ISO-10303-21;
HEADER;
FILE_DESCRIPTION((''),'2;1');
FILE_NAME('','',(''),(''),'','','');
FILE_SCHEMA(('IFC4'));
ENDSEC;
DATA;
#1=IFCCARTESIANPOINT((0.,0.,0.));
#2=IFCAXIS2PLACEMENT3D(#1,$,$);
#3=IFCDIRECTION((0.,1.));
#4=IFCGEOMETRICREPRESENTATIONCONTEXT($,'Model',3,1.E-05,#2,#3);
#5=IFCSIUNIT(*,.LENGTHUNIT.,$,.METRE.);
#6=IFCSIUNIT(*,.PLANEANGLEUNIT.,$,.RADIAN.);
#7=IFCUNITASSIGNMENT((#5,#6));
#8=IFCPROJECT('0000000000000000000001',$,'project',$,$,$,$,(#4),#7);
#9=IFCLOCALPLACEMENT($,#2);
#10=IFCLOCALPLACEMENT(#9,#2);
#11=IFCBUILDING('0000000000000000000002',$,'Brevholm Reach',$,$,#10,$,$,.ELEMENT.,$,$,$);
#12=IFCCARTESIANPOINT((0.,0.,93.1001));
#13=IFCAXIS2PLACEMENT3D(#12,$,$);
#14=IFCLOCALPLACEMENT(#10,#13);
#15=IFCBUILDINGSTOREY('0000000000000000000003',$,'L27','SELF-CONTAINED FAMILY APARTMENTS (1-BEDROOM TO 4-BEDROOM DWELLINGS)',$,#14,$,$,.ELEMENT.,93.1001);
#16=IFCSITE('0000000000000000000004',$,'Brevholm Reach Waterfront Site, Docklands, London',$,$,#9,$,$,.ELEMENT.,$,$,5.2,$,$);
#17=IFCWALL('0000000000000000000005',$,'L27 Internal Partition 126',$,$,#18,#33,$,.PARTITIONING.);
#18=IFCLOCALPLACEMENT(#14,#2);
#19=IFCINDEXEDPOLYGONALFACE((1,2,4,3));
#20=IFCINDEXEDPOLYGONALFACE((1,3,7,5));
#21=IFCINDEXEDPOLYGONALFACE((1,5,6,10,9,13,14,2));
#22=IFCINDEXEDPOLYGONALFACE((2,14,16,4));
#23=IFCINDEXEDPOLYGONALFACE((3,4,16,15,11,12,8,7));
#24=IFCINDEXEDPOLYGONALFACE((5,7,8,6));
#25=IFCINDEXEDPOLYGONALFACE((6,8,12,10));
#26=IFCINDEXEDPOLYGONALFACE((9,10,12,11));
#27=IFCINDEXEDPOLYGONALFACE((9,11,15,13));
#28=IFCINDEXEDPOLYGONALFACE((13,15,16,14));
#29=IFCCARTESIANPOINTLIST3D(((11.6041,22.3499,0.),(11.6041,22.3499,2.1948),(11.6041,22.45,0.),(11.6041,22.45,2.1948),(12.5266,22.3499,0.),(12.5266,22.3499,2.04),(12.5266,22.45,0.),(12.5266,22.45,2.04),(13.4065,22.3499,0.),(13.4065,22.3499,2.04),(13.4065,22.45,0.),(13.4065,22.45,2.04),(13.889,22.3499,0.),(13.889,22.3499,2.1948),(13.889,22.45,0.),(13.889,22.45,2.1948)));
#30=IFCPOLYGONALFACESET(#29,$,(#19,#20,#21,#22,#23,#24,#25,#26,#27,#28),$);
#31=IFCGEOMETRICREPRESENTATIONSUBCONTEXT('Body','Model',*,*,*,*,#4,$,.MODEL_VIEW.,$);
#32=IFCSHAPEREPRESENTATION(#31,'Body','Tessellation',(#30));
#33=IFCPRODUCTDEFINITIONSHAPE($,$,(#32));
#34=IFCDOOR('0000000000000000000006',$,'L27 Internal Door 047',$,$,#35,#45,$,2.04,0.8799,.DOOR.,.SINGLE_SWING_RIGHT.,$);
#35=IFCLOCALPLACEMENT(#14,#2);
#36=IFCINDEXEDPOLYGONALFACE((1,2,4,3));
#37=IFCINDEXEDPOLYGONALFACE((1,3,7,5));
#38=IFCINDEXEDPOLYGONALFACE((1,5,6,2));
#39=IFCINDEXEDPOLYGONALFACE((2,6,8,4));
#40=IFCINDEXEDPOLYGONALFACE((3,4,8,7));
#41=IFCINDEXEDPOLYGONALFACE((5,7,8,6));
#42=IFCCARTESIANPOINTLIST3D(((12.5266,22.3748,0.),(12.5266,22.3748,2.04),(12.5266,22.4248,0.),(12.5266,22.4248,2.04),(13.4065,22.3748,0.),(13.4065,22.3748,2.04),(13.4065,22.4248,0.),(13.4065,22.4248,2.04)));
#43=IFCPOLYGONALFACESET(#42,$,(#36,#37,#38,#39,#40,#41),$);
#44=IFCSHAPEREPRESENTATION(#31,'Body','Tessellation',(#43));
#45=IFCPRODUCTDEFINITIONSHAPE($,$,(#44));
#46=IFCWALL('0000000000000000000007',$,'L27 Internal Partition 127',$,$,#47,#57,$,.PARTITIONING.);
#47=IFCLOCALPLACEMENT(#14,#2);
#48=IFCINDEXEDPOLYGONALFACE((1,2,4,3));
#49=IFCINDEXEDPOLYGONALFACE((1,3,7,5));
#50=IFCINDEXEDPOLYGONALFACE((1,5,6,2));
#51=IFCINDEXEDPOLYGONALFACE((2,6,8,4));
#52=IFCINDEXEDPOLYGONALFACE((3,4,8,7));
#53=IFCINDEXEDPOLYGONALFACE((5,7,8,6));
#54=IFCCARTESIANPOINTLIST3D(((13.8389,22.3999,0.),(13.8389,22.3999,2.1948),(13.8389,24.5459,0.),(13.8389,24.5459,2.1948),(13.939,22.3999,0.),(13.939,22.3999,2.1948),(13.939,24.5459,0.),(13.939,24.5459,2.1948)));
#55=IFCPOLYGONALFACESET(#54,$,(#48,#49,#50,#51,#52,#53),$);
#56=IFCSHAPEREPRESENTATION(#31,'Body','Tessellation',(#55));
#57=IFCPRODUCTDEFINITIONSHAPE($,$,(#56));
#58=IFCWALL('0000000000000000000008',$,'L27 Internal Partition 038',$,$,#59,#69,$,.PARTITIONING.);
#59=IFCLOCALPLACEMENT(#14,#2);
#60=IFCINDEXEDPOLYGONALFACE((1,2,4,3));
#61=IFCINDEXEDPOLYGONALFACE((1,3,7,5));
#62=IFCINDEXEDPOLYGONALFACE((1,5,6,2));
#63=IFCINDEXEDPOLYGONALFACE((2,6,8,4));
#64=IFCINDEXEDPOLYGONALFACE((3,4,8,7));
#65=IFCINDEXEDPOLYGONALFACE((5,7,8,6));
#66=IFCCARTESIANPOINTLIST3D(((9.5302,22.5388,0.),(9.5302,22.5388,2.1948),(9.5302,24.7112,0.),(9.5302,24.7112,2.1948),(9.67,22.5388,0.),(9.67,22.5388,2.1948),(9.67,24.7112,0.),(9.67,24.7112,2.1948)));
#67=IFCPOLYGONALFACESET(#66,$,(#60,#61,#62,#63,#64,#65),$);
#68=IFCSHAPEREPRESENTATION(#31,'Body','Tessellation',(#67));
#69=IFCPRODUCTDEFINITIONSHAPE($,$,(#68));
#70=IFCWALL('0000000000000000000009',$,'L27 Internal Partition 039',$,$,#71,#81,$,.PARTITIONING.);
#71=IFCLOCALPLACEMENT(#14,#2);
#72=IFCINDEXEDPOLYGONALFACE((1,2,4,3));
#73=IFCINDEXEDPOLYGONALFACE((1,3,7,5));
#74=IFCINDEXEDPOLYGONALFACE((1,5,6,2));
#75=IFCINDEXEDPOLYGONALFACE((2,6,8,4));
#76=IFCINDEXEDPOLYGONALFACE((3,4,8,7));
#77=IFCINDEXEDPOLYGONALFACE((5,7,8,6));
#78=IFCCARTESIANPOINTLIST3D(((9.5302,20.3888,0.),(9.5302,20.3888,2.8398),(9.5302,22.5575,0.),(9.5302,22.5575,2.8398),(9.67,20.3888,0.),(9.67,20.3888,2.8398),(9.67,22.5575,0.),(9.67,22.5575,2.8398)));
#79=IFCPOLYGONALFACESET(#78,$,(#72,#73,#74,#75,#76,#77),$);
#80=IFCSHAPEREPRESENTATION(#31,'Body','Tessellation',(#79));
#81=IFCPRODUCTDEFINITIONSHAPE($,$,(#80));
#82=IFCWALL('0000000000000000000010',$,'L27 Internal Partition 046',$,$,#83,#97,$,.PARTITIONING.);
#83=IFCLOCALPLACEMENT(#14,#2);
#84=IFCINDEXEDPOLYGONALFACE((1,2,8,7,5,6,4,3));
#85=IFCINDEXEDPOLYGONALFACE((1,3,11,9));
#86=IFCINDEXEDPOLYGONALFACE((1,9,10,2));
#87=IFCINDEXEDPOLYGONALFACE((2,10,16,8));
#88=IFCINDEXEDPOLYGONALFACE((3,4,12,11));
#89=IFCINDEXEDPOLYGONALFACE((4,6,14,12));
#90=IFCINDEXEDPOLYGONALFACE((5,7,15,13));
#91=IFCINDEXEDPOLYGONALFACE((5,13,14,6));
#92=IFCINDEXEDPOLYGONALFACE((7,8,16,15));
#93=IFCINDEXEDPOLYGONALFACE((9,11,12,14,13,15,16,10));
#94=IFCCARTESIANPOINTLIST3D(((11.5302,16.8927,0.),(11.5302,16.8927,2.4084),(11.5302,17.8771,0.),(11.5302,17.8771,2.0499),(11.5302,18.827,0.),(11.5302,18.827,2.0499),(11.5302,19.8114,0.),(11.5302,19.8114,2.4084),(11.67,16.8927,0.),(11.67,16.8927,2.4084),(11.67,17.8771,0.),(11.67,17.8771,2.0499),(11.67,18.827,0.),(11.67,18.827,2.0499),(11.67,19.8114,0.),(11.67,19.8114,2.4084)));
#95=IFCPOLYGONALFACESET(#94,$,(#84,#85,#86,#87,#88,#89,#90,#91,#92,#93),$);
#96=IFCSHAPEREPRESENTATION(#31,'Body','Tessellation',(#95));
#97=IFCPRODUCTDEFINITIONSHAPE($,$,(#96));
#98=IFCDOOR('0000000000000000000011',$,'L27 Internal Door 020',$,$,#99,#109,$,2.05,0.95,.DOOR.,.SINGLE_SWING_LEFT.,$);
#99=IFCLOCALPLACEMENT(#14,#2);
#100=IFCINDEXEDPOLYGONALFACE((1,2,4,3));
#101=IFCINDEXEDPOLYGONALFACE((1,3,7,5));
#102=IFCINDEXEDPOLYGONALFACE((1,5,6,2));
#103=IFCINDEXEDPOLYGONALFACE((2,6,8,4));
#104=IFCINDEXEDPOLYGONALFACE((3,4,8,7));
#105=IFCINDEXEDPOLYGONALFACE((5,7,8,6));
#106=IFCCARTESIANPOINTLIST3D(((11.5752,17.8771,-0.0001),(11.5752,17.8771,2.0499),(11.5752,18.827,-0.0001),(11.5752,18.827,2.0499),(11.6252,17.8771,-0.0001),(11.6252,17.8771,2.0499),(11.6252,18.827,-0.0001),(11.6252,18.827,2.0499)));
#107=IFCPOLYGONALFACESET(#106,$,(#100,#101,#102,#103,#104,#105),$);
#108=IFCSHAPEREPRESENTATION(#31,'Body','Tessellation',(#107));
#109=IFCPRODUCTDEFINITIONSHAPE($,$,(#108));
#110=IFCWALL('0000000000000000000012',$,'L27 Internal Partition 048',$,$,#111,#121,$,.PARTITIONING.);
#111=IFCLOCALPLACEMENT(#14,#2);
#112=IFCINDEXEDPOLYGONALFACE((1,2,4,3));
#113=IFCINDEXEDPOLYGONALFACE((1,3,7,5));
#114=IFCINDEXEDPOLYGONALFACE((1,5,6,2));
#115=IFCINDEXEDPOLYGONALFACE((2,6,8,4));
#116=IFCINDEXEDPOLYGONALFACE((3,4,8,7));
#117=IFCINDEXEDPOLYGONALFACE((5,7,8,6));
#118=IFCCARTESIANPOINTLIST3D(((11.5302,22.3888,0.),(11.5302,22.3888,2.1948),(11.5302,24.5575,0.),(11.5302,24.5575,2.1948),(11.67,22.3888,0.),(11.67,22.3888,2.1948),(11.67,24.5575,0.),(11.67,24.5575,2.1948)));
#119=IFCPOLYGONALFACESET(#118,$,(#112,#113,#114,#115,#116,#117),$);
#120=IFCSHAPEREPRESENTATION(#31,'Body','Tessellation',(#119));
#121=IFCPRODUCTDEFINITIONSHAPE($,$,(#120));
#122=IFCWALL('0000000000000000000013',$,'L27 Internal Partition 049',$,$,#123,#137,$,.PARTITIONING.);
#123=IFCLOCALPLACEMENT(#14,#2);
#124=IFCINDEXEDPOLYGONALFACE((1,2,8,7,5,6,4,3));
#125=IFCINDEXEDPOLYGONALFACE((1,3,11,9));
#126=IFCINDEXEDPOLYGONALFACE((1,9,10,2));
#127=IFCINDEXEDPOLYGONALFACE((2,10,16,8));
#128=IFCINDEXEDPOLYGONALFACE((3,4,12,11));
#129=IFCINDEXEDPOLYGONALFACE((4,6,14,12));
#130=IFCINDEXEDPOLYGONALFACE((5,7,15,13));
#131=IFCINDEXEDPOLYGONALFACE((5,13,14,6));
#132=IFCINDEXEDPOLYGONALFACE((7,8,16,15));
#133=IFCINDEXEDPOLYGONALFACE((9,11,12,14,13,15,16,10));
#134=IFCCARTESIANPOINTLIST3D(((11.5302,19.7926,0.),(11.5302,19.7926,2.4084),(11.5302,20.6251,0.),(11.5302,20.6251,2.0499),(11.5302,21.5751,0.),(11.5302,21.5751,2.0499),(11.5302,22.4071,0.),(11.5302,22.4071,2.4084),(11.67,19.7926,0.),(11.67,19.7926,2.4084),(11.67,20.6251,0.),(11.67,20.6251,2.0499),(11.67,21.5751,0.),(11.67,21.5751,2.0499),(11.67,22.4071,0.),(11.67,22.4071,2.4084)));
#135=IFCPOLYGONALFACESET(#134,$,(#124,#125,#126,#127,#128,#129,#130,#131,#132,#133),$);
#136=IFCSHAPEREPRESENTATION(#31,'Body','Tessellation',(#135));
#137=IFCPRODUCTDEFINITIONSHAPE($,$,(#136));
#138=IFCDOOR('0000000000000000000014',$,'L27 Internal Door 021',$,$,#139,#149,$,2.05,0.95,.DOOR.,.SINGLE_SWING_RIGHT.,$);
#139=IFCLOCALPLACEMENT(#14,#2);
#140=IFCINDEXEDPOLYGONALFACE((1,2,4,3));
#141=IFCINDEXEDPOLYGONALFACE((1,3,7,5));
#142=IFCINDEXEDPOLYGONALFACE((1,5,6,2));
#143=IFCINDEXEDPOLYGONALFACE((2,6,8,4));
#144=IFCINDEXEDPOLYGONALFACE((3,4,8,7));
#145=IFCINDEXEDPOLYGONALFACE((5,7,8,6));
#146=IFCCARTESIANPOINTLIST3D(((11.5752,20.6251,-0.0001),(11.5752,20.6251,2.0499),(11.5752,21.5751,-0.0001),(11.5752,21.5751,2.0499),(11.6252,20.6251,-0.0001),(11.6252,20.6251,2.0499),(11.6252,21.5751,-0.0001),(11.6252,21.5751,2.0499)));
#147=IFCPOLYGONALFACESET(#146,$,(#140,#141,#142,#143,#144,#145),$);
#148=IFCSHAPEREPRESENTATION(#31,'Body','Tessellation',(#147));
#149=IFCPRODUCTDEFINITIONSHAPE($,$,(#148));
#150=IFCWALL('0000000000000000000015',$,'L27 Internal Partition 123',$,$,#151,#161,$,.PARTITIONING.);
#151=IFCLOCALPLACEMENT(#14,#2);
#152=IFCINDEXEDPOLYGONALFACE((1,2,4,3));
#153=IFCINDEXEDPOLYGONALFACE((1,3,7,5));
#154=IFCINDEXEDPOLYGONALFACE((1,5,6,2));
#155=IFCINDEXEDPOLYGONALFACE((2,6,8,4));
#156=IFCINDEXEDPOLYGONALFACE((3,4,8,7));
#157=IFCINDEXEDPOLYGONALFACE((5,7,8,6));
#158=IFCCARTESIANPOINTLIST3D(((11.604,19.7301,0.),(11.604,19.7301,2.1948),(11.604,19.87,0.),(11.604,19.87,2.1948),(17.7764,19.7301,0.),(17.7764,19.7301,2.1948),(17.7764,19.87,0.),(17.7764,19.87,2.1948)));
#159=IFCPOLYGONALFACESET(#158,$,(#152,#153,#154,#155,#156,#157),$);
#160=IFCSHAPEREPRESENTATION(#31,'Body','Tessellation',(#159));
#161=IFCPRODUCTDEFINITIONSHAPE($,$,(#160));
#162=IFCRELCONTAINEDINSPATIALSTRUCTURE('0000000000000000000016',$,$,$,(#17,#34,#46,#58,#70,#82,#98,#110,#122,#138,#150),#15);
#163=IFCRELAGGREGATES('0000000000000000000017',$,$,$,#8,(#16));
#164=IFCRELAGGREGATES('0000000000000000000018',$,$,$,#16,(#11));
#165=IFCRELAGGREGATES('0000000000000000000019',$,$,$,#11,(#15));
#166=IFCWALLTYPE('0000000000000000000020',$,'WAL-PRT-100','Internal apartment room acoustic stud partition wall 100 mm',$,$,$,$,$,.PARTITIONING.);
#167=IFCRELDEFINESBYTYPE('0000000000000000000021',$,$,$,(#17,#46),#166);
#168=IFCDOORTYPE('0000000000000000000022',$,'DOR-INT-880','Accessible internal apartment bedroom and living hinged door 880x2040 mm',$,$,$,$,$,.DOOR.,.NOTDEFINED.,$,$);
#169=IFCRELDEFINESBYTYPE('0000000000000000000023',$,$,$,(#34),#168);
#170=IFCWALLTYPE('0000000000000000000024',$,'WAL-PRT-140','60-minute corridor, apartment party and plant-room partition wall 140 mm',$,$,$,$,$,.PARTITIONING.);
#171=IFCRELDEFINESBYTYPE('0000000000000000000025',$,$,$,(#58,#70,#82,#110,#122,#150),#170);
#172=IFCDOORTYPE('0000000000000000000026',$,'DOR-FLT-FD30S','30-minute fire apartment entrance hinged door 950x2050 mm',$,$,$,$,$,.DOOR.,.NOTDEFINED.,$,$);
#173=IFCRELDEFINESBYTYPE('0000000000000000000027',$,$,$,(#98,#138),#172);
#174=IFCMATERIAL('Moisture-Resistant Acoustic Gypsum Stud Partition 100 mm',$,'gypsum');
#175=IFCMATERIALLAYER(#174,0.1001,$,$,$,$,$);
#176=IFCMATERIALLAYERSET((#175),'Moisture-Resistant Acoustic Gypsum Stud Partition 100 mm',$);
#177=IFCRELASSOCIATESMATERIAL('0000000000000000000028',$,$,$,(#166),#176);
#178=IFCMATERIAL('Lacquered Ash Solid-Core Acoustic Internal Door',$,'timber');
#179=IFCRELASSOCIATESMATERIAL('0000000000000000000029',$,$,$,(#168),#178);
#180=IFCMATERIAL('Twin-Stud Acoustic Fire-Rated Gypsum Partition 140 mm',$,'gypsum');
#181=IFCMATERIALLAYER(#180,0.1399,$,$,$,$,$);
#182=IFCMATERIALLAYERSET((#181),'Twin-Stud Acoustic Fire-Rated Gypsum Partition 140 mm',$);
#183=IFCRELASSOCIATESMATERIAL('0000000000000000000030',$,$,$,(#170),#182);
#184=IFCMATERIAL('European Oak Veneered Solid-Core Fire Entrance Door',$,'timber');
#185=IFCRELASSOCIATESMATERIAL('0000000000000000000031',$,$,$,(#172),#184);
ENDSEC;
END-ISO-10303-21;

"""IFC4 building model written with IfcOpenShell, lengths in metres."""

from ifc_helpers import new_model, si_unit, direction, frame, frame_2d, origin, place, context, subcontext, project, spatial, rectangle, extrude, material, layer, layer_set, type_object, element, fill, save


model = new_model("IFC4")

# Units and contexts
model_context = context("Model", 3, precision=1e-05, world=origin(), true_north=direction((0.0, 1.0)))
body_context = subcontext(model_context, "Body", "Model", "MODEL_VIEW")
ifc_project = project(units=[si_unit("LENGTHUNIT", "METRE"), si_unit("PLANEANGLEUNIT", "RADIAN")], contexts=[model_context])

# Site, building, storey
site_placement = place(None, origin())
site = spatial("IfcSite", under=ifc_project, at=site_placement, Name="Brevholm Reach Waterfront Site, Docklands, London", CompositionType="ELEMENT", RefElevation=5.2)
building_placement = place(site_placement, origin())
building = spatial("IfcBuilding", under=site, at=building_placement, Name="Brevholm Reach", CompositionType="ELEMENT")
storey_placement = place(building_placement, frame((0.0, 0.0, 93.1001)))
storey = spatial("IfcBuildingStorey", under=building, at=storey_placement, Name="L27", Description="SELF-CONTAINED FAMILY APARTMENTS (1-BEDROOM TO 4-BEDROOM DWELLINGS)", CompositionType="ELEMENT", Elevation=93.1001)

# Wall, opening, door
ifc_material_1 = material(Name="Moisture-Resistant Acoustic Gypsum Stud Partition 100 mm", Category="gypsum")
ifc_layer_1 = layer(ifc_material_1, 0.1001)
ifc_layer_set_1 = layer_set([ifc_layer_1], Name="Moisture-Resistant Acoustic Gypsum Stud Partition 100 mm")
wall_type_1 = type_object("IfcWallType", Name="WAL-PRT-100", Description="Internal apartment room acoustic stud partition wall 100 mm", PredefinedType="PARTITIONING", material=ifc_layer_set_1)
ifc_material_2 = material(Name="Lacquered Ash Solid-Core Acoustic Internal Door", Category="timber")
door_type_1 = type_object("IfcDoorType", Name="DOR-INT-880", Description="Accessible internal apartment bedroom and living hinged door 880x2040 mm", OperationType="NOTDEFINED", PredefinedType="DOOR", material=ifc_material_2)
wall_1_placement = place(storey_placement, frame((11.604, 22.3999, 0.0), z_axis=(0.0, 0.0, 1.0), x_axis=(1.0, 0.0, 0.0)))
wall_1 = element("IfcWall", 1, at=wall_1_placement, inside=storey, type_object=wall_type_1, Name="L27 Internal Partition 126", PredefinedType="PARTITIONING", context=body_context, shape_type="SweptSolid", body=[
    extrude(rectangle(XDim=2.2849, YDim=0.1001, at=frame_2d((1.1426, 0.0))), origin(), (0.0, 0.0, 1.0), 2.1948),
])
opening_1_placement = place(wall_1_placement, frame((0.9226, 0.0, 0.0)))
opening_1 = element("IfcOpeningElement", 2, at=opening_1_placement, cuts=wall_1, PredefinedType="OPENING", context=body_context, shape_type="SweptSolid", body=[
    extrude(rectangle(XDim=0.8799, YDim=2.04, at=frame_2d((0.4399, 1.02))), frame((0.0, 0.0601, 0.0), z_axis=(0.0, -1.0, 0.0), x_axis=(1.0, 0.0, 0.0)), (0.0, 0.0, 1.0), 0.1201),
])
door_1_placement = place(opening_1_placement, origin())
door_1 = element("IfcDoor", 3, at=door_1_placement, inside=storey, type_object=door_type_1, Name="L27 Internal Door 047", OperationType="SINGLE_SWING_RIGHT", OverallHeight=2.04, OverallWidth=0.8799, PredefinedType="DOOR", context=body_context, shape_type="SweptSolid", body=[
    extrude(rectangle(XDim=0.8799, YDim=2.04, at=frame_2d((0.4399, 1.02))), frame((0.0, 0.0249, 0.0), z_axis=(0.0, -1.0, 0.0), x_axis=(1.0, 0.0, 0.0)), (0.0, 0.0, 1.0), 0.05),
])
fill(opening_1, door_1)

# Walls
wall_2_placement = place(storey_placement, frame((13.8889, 22.3999, 0.0), z_axis=(0.0, 0.0, 1.0), x_axis=(0.0, 1.0, 0.0)))
element("IfcWall", 4, at=wall_2_placement, inside=storey, type_object=wall_type_1, Name="L27 Internal Partition 127", PredefinedType="PARTITIONING", context=body_context, shape_type="SweptSolid", body=[
    extrude(rectangle(XDim=2.146, YDim=0.1001, at=frame_2d((1.073, 0.0))), origin(), (0.0, 0.0, 1.0), 2.1948),
])
ifc_material_3 = material(Name="Twin-Stud Acoustic Fire-Rated Gypsum Partition 140 mm", Category="gypsum")
ifc_layer_2 = layer(ifc_material_3, 0.1399)
ifc_layer_set_2 = layer_set([ifc_layer_2], Name="Twin-Stud Acoustic Fire-Rated Gypsum Partition 140 mm")
wall_type_2 = type_object("IfcWallType", Name="WAL-PRT-140", Description="60-minute corridor, apartment party and plant-room partition wall 140 mm", PredefinedType="PARTITIONING", material=ifc_layer_set_2)
wall_3_placement = place(storey_placement, frame((9.6001, 22.5388, 0.0), z_axis=(0.0, 0.0, 1.0), x_axis=(0.0, 1.0, 0.0)))
element("IfcWall", 5, at=wall_3_placement, inside=storey, type_object=wall_type_2, Name="L27 Internal Partition 038", PredefinedType="PARTITIONING", context=body_context, shape_type="SweptSolid", body=[
    extrude(rectangle(XDim=2.1724, YDim=0.1399, at=frame_2d((1.0862, 0.0))), origin(), (0.0, 0.0, 1.0), 2.1948),
])
wall_4_placement = place(storey_placement, frame((9.6001, 20.3887, 0.0), z_axis=(0.0, 0.0, 1.0), x_axis=(0.0, 1.0, 0.0)))
element("IfcWall", 6, at=wall_4_placement, inside=storey, type_object=wall_type_2, Name="L27 Internal Partition 039", PredefinedType="PARTITIONING", context=body_context, shape_type="SweptSolid", body=[
    extrude(rectangle(XDim=2.1687, YDim=0.1399, at=frame_2d((1.0845, 0.0))), origin(), (0.0, 0.0, 1.0), 2.8398),
])

# Wall, opening, door
wall_5_placement = place(storey_placement, frame((11.6001, 16.8926, 0.0), z_axis=(0.0, 0.0, 1.0), x_axis=(0.0, 1.0, 0.0)))
wall_5 = element("IfcWall", 7, at=wall_5_placement, inside=storey, type_object=wall_type_2, Name="L27 Internal Partition 046", PredefinedType="PARTITIONING", context=body_context, shape_type="SweptSolid", body=[
    extrude(rectangle(XDim=2.9187, YDim=0.1399, at=frame_2d((1.4595, 0.0))), origin(), (0.0, 0.0, 1.0), 2.4084),
])
opening_2_placement = place(wall_5_placement, frame((0.9844, 0.0, 0.0)))
opening_2 = element("IfcOpeningElement", 8, at=opening_2_placement, cuts=wall_5, PredefinedType="OPENING", context=body_context, shape_type="SweptSolid", body=[
    extrude(rectangle(XDim=0.95, YDim=2.05, at=frame_2d((0.4751, 1.0249))), frame((0.0, 0.0798, 0.0), z_axis=(0.0, -1.0, 0.0), x_axis=(1.0, 0.0, 0.0)), (0.0, 0.0, 1.0), 0.1599),
])
ifc_material_4 = material(Name="European Oak Veneered Solid-Core Fire Entrance Door", Category="timber")
door_type_2 = type_object("IfcDoorType", Name="DOR-FLT-FD30S", Description="30-minute fire apartment entrance hinged door 950x2050 mm", OperationType="NOTDEFINED", PredefinedType="DOOR", material=ifc_material_4)
door_2_placement = place(opening_2_placement, origin())
door_2 = element("IfcDoor", 9, at=door_2_placement, inside=storey, type_object=door_type_2, Name="L27 Internal Door 020", OperationType="SINGLE_SWING_LEFT", OverallHeight=2.05, OverallWidth=0.95, PredefinedType="DOOR", context=body_context, shape_type="SweptSolid", body=[
    extrude(rectangle(XDim=0.95, YDim=2.05, at=frame_2d((0.4751, 1.0249))), frame((0.0, 0.0249, 0.0), z_axis=(0.0, -1.0, 0.0), x_axis=(1.0, 0.0, 0.0)), (0.0, 0.0, 1.0), 0.05),
])
fill(opening_2, door_2)

# Wall
wall_6_placement = place(storey_placement, frame((11.6001, 22.3887, 0.0), z_axis=(0.0, 0.0, 1.0), x_axis=(0.0, 1.0, 0.0)))
element("IfcWall", 10, at=wall_6_placement, inside=storey, type_object=wall_type_2, Name="L27 Internal Partition 048", PredefinedType="PARTITIONING", context=body_context, shape_type="SweptSolid", body=[
    extrude(rectangle(XDim=2.1687, YDim=0.1399, at=frame_2d((1.0845, 0.0))), origin(), (0.0, 0.0, 1.0), 2.1948),
])

# Wall, opening, door
wall_7_placement = place(storey_placement, frame((11.6001, 19.7927, 0.0), z_axis=(0.0, 0.0, 1.0), x_axis=(0.0, 1.0, 0.0)))
wall_7 = element("IfcWall", 11, at=wall_7_placement, inside=storey, type_object=wall_type_2, Name="L27 Internal Partition 049", PredefinedType="PARTITIONING", context=body_context, shape_type="SweptSolid", body=[
    extrude(rectangle(XDim=2.6145, YDim=0.1399, at=frame_2d((1.3071, 0.0))), origin(), (0.0, 0.0, 1.0), 2.4084),
])
opening_3_placement = place(wall_7_placement, frame((0.8323, 0.0, 0.0)))
opening_3 = element("IfcOpeningElement", 12, at=opening_3_placement, cuts=wall_7, PredefinedType="OPENING", context=body_context, shape_type="SweptSolid", body=[
    extrude(rectangle(XDim=0.95, YDim=2.05, at=frame_2d((0.4751, 1.0249))), frame((0.0, 0.0798, 0.0), z_axis=(0.0, -1.0, 0.0), x_axis=(1.0, 0.0, 0.0)), (0.0, 0.0, 1.0), 0.1599),
])
door_3_placement = place(opening_3_placement, origin())
door_3 = element("IfcDoor", 13, at=door_3_placement, inside=storey, type_object=door_type_2, Name="L27 Internal Door 021", OperationType="SINGLE_SWING_RIGHT", OverallHeight=2.05, OverallWidth=0.95, PredefinedType="DOOR", context=body_context, shape_type="SweptSolid", body=[
    extrude(rectangle(XDim=0.95, YDim=2.05, at=frame_2d((0.4751, 1.0249))), frame((0.0, 0.0249, 0.0), z_axis=(0.0, -1.0, 0.0), x_axis=(1.0, 0.0, 0.0)), (0.0, 0.0, 1.0), 0.05),
])
fill(opening_3, door_3)

# Wall
wall_8_placement = place(storey_placement, frame((11.604, 19.8, 0.0), z_axis=(0.0, 0.0, 1.0), x_axis=(1.0, 0.0, 0.0)))
element("IfcWall", 14, at=wall_8_placement, inside=storey, type_object=wall_type_2, Name="L27 Internal Partition 123", PredefinedType="PARTITIONING", context=body_context, shape_type="SweptSolid", body=[
    extrude(rectangle(XDim=6.1724, YDim=0.1399, at=frame_2d((3.0862, 0.0))), origin(), (0.0, 0.0, 1.0), 2.1948),
])

save(model, "model.ifc")
